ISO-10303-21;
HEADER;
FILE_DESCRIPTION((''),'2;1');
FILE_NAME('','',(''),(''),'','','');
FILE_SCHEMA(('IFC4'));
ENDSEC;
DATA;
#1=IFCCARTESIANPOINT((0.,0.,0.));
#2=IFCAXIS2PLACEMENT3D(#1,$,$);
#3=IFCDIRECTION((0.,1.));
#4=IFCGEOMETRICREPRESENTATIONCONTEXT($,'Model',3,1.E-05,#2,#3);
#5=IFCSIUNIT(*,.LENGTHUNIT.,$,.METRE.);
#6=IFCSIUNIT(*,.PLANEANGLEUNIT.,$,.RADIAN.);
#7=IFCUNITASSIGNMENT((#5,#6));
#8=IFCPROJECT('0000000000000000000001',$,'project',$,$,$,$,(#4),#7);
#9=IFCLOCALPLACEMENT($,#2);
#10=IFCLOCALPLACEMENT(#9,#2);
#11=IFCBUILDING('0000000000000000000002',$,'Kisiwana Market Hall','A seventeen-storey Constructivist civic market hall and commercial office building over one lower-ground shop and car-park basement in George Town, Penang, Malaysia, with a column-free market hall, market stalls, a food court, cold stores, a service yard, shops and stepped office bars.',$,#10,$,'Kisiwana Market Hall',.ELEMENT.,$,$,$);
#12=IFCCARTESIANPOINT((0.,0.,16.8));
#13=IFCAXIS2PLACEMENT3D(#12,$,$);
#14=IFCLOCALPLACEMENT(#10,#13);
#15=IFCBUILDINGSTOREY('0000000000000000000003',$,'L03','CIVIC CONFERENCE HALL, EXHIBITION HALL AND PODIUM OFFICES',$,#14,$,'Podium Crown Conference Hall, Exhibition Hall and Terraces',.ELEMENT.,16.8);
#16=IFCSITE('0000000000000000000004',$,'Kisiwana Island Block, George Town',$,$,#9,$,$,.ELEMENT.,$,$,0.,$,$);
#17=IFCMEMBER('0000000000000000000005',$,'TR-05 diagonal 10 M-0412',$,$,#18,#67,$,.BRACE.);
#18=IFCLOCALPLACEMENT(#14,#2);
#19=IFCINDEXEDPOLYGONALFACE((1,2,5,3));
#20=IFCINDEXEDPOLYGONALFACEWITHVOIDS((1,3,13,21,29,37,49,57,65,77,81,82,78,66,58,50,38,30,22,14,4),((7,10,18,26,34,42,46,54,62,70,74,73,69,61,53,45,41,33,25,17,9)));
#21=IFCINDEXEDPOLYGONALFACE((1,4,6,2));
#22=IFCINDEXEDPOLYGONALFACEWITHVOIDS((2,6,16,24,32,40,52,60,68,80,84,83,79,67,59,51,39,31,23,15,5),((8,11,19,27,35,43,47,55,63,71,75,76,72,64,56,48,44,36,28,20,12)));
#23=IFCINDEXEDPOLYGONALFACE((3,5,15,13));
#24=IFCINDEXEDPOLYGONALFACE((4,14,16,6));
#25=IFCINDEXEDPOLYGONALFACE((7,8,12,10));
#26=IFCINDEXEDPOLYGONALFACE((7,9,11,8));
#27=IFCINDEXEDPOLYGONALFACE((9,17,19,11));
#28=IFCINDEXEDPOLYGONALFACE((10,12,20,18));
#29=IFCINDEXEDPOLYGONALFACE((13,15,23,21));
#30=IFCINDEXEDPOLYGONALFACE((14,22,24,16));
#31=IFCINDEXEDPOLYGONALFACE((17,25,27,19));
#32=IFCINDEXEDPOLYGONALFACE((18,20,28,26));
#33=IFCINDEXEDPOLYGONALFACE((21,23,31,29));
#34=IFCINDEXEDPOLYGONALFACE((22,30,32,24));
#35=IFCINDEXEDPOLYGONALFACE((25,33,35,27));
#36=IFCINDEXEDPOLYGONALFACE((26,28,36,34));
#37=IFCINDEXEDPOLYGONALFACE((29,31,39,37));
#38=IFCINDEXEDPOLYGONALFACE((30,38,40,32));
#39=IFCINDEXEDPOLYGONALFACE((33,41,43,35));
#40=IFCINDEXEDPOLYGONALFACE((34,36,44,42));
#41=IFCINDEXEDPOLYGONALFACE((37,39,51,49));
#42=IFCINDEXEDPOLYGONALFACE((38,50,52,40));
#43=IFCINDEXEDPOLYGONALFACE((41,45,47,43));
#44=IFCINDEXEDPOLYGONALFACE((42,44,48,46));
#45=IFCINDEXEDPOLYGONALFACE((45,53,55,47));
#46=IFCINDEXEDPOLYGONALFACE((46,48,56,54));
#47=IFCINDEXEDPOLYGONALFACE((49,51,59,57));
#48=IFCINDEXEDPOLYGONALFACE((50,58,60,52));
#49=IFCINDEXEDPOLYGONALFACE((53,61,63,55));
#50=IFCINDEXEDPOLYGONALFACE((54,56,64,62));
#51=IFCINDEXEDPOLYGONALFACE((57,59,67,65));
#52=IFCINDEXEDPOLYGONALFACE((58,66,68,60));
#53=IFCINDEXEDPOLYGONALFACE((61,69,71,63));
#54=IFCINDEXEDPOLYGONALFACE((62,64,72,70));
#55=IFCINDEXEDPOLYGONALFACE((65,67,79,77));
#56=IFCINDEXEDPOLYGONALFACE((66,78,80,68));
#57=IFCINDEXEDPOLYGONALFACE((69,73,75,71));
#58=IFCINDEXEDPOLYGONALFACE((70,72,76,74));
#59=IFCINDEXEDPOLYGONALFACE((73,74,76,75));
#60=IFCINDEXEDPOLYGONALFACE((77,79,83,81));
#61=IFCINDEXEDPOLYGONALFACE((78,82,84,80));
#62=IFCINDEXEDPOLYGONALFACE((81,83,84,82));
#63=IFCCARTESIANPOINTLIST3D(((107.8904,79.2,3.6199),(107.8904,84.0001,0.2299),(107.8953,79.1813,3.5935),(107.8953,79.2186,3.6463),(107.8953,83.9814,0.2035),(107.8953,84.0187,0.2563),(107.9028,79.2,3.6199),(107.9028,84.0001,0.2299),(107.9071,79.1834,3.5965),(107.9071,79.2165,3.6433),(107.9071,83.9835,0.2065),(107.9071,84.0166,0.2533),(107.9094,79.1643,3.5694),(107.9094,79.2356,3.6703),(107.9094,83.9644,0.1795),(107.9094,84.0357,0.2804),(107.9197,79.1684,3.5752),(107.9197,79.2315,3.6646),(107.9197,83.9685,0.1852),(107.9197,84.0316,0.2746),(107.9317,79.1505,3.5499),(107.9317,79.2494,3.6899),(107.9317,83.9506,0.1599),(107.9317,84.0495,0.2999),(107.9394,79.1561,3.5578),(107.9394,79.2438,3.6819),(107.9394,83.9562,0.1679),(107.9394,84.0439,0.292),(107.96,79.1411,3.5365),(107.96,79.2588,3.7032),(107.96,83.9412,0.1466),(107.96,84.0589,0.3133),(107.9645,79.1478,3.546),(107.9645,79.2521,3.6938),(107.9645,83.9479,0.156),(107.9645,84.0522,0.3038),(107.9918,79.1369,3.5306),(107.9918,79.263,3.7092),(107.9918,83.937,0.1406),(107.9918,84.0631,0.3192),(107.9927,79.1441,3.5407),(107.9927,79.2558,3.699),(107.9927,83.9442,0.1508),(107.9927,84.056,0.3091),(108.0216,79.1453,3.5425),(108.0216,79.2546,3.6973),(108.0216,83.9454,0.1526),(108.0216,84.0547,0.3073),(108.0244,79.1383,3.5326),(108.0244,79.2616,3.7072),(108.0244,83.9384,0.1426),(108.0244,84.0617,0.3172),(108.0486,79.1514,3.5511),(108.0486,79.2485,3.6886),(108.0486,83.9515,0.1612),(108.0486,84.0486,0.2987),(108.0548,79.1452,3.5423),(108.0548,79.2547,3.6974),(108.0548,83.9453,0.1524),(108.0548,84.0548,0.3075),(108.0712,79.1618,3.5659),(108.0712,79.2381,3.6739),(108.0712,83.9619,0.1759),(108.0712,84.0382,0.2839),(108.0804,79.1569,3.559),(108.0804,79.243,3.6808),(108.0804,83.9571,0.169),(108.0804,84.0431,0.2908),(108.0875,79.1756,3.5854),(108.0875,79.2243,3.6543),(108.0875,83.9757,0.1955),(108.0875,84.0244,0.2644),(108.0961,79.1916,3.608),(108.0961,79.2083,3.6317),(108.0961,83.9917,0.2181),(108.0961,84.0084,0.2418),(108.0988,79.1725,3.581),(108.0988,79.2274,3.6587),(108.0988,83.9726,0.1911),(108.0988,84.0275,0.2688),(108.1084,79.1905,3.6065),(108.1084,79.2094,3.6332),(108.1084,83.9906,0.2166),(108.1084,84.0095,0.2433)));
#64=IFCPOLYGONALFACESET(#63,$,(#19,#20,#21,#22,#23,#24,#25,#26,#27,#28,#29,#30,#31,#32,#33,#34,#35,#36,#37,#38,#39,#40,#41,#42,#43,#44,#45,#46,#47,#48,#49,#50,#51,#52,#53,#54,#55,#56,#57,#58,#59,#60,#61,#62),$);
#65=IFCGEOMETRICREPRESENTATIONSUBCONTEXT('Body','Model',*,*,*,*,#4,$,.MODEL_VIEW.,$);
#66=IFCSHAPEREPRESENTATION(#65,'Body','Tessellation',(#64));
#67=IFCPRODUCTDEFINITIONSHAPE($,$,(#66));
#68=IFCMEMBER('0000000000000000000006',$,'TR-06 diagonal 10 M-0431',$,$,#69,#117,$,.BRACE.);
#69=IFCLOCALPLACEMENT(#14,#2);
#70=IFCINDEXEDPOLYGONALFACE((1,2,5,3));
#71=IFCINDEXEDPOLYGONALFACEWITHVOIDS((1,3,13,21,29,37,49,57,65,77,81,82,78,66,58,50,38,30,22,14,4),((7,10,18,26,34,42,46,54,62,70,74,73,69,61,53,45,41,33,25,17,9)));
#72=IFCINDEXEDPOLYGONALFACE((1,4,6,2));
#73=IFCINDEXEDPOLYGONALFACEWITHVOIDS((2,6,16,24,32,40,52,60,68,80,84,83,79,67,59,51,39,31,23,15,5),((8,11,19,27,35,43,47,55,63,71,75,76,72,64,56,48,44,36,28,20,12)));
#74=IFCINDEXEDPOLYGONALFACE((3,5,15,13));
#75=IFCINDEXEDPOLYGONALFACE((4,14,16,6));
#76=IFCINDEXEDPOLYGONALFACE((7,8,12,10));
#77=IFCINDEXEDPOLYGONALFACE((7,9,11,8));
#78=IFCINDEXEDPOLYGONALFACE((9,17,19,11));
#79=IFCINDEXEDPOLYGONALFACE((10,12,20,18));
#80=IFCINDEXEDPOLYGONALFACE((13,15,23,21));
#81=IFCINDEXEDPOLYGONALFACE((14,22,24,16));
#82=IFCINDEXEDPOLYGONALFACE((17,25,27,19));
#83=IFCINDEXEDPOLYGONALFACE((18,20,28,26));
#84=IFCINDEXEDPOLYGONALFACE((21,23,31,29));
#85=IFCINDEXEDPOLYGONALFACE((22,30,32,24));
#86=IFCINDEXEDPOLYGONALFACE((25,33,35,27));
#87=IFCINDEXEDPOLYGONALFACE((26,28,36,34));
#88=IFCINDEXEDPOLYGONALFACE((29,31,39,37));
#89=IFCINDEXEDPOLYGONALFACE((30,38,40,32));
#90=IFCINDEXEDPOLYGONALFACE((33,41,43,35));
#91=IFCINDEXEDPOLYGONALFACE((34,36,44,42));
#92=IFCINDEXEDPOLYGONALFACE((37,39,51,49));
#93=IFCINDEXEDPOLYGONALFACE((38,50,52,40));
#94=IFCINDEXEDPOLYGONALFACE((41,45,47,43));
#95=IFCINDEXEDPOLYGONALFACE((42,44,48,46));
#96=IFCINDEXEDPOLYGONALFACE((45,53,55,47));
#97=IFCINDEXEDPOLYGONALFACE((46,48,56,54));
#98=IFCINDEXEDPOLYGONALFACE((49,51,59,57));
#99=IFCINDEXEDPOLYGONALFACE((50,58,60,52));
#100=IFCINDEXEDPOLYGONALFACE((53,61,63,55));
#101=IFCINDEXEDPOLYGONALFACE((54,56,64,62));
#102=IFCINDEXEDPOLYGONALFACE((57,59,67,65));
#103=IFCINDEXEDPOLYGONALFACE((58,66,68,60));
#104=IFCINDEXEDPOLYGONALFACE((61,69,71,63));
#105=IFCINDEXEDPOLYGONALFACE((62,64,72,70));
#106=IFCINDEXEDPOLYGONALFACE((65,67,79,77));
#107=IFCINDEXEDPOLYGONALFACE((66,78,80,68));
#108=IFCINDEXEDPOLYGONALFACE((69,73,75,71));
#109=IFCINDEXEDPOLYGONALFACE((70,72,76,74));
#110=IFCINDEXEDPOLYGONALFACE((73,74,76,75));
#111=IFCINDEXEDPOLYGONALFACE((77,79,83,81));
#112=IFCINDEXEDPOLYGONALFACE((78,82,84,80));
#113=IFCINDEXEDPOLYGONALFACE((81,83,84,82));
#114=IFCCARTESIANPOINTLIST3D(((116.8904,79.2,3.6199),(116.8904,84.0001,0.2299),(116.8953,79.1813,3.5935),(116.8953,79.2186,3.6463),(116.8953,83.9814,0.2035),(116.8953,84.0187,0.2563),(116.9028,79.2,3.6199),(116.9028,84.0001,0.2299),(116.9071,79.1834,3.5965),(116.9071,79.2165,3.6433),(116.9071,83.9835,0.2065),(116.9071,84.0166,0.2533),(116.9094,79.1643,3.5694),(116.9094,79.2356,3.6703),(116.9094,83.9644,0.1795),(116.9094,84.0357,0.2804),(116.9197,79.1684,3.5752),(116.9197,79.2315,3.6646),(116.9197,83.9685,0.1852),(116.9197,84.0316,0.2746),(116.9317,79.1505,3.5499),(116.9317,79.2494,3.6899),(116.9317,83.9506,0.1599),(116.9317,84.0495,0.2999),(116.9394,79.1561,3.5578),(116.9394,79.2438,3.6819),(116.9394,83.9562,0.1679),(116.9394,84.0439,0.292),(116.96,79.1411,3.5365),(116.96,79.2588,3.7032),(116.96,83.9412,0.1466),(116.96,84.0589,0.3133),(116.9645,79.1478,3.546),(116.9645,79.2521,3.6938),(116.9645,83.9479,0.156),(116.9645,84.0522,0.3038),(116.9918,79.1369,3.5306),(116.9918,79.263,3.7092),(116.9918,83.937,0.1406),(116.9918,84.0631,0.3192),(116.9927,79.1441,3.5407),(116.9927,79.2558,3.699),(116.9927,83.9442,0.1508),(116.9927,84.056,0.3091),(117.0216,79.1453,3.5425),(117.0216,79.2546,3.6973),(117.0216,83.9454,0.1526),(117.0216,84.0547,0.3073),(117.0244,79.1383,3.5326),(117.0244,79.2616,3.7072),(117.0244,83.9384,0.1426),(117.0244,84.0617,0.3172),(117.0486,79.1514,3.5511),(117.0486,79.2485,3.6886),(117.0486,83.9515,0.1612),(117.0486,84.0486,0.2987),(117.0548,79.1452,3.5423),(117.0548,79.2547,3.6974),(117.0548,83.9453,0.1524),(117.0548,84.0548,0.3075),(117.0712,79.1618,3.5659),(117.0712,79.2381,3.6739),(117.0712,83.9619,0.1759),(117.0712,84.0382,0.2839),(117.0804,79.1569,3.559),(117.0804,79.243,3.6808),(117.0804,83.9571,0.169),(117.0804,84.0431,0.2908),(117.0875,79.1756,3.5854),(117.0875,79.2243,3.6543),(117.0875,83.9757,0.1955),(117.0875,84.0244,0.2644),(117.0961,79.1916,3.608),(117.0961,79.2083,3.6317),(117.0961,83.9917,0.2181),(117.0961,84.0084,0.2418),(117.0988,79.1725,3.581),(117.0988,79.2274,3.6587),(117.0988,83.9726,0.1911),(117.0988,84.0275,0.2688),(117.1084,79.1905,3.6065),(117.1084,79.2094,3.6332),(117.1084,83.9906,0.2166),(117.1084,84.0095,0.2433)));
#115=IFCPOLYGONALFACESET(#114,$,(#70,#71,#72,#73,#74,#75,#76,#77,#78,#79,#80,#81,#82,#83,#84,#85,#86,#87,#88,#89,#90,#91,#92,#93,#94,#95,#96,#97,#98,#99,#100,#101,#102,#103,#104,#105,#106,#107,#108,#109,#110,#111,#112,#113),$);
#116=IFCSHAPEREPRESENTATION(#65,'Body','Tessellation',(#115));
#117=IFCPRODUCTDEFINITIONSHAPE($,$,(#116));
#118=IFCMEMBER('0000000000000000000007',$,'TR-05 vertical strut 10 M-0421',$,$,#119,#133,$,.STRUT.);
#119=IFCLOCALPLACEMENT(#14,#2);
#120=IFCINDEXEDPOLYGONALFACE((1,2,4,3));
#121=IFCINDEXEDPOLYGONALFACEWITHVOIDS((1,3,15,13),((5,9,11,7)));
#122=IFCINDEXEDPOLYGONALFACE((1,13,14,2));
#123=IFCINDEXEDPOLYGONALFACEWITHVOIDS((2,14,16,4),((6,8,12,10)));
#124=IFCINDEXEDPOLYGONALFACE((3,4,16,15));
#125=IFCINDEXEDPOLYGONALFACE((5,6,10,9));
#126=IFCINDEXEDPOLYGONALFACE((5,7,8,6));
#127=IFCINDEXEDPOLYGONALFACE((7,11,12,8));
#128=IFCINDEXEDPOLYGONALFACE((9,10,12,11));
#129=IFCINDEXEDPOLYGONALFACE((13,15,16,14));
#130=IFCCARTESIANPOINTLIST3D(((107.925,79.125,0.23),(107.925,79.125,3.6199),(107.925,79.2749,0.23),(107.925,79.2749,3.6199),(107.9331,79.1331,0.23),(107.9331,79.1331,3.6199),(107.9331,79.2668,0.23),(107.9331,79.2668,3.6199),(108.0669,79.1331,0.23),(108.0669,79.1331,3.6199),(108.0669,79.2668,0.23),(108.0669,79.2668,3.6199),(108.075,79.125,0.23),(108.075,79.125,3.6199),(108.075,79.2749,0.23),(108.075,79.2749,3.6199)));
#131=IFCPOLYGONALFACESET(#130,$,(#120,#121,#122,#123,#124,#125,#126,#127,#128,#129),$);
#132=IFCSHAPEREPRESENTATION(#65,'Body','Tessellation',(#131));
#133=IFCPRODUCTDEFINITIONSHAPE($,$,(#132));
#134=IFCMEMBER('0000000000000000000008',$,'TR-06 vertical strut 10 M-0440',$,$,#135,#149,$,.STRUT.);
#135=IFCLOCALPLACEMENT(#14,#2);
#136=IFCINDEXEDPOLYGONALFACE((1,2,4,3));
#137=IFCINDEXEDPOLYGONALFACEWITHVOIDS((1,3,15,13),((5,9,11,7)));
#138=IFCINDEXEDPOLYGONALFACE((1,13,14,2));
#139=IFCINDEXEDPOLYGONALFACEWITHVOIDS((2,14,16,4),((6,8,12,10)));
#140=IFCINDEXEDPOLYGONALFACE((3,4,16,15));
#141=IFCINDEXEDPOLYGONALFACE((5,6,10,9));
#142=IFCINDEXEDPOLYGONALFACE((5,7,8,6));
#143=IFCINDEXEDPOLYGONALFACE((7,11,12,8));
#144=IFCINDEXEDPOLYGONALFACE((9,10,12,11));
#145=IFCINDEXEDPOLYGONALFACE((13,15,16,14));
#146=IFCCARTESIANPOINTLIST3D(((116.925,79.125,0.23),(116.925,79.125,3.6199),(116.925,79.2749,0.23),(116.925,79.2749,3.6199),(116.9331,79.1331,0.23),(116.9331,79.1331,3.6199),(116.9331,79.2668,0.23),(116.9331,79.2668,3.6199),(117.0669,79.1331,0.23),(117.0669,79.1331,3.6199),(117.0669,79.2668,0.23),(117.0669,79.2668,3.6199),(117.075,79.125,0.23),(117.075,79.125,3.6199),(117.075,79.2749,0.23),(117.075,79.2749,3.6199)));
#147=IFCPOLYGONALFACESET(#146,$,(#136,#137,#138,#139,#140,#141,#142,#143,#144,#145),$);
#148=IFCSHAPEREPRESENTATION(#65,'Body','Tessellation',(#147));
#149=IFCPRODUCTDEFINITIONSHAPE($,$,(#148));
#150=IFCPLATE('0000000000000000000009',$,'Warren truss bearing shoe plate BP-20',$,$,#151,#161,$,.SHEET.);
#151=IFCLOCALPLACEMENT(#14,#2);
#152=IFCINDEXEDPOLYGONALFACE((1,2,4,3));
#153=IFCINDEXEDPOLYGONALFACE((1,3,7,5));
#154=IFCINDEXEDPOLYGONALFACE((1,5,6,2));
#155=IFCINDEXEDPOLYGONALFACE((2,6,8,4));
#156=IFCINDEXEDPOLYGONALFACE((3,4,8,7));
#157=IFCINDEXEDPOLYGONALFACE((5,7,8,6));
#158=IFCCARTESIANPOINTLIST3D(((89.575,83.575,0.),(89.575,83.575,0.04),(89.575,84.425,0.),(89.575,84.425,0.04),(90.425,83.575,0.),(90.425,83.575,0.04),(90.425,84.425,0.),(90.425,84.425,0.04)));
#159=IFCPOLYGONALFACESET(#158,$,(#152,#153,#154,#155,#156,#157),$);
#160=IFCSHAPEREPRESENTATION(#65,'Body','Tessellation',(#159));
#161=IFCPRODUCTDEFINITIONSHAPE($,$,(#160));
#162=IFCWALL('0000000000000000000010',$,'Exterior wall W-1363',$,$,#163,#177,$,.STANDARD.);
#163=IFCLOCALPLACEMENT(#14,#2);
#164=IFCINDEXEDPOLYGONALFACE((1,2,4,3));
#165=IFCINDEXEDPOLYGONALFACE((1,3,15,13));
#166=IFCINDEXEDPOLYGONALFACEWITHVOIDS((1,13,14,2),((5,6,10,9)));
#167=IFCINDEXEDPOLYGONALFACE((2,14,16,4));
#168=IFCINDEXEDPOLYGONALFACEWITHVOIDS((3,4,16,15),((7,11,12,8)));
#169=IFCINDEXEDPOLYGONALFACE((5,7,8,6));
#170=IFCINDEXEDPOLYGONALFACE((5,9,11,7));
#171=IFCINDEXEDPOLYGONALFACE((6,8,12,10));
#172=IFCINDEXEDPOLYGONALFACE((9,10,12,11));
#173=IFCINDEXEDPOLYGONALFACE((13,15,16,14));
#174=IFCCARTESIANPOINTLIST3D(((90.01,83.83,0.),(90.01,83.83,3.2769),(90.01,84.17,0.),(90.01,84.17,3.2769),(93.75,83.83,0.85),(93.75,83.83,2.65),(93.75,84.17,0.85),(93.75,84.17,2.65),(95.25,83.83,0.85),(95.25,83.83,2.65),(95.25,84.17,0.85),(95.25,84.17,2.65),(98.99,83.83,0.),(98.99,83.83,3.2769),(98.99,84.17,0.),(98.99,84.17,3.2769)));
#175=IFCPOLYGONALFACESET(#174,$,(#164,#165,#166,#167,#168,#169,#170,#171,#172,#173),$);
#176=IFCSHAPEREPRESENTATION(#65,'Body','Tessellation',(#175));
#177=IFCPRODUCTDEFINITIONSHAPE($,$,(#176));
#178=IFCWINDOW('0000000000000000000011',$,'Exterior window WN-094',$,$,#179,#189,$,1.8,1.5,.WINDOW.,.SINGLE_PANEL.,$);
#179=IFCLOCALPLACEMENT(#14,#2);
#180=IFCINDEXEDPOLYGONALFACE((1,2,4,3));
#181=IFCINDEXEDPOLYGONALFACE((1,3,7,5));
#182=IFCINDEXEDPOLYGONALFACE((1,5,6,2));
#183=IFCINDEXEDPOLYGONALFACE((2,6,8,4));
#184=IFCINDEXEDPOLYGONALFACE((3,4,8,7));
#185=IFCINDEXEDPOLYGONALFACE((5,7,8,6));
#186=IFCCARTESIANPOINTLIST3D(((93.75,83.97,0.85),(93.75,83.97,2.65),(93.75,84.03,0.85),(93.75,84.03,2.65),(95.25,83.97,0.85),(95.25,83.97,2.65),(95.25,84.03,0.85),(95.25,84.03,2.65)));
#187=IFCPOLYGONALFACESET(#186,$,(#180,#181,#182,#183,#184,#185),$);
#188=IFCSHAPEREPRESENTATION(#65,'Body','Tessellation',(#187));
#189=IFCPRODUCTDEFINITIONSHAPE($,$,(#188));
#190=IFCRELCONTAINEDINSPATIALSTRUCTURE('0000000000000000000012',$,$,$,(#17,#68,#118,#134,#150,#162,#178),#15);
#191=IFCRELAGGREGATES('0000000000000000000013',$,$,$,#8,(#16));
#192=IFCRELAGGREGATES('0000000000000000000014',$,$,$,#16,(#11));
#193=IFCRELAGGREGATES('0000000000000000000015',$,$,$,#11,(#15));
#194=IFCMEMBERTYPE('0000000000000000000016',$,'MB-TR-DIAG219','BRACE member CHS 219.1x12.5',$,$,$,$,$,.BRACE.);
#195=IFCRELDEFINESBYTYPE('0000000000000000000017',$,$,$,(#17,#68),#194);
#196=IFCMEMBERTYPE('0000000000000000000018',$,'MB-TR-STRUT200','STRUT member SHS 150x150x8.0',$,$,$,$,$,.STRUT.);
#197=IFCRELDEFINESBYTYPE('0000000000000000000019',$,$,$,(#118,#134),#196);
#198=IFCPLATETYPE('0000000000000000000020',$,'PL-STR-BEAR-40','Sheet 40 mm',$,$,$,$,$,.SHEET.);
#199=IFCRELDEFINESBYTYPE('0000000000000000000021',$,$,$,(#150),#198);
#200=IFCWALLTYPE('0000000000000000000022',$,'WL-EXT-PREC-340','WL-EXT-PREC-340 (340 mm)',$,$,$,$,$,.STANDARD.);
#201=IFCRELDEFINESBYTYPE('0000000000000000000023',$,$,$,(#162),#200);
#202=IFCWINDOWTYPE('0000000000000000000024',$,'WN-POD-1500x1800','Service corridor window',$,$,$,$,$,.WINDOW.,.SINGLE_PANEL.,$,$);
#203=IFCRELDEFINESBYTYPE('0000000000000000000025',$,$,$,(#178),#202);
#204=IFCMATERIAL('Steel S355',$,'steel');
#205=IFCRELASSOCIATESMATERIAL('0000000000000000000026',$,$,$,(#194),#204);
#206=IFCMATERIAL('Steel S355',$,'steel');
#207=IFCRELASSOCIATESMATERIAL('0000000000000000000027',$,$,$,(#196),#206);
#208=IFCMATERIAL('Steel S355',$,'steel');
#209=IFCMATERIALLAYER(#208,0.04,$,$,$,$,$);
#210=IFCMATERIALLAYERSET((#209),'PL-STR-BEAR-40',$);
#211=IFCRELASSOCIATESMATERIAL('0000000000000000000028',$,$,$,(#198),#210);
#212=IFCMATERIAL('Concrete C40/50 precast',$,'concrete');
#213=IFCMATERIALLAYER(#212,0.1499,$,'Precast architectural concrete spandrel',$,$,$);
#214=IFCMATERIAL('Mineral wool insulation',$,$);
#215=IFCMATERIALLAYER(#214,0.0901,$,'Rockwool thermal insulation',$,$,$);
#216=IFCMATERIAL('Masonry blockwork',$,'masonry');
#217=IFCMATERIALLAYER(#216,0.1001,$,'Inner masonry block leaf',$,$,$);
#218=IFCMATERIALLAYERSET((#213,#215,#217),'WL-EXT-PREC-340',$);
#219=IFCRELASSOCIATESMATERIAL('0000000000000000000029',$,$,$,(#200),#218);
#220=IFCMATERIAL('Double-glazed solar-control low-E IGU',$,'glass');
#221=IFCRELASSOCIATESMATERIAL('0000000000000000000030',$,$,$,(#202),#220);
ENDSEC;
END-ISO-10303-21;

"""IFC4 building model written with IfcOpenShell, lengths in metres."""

from ifc_helpers import new_model, si_unit, direction, frame, frame_2d, origin, origin_2d, place, context, subcontext, project, spatial, rectangle, hollow_rectangle, hollow_circle, extrude, material, layer, layer_set, material_profile, profile_set, type_object, element, fill, save


model = new_model("IFC4")

# Units and contexts
model_context = context("Model", 3, precision=1e-05, world=origin(), true_north=direction((0.0, 1.0)))
body_context = subcontext(model_context, "Body", "Model", "MODEL_VIEW")
ifc_project = project(units=[si_unit("LENGTHUNIT", "METRE"), si_unit("PLANEANGLEUNIT", "RADIAN")], contexts=[model_context])

# Site, building, storey
site_placement = place(None, origin())
site = spatial("IfcSite", under=ifc_project, at=site_placement, Name="Kisiwana Island Block, George Town", CompositionType="ELEMENT", RefElevation=0.0)
building_placement = place(site_placement, origin())
building = spatial("IfcBuilding", under=site, at=building_placement, Name="Kisiwana Market Hall", Description="A seventeen-storey Constructivist civic market hall and commercial office building over one lower-ground shop and car-park basement in George Town, Penang, Malaysia, with a column-free market hall, market stalls, a food court, cold stores, a service yard, shops and stepped office bars.", LongName="Kisiwana Market Hall", CompositionType="ELEMENT")
storey_placement = place(building_placement, frame((0.0, 0.0, 16.8)))
storey = spatial("IfcBuildingStorey", under=building, at=storey_placement, Name="L03", Description="CIVIC CONFERENCE HALL, EXHIBITION HALL AND PODIUM OFFICES", LongName="Podium Crown Conference Hall, Exhibition Hall and Terraces", CompositionType="ELEMENT", Elevation=16.8)

# Members
ifc_material_1 = material(Name="Steel S355", Category="steel")
ifc_material_profile_1 = material_profile(ifc_material_1, hollow_circle(Radius=0.1096, WallThickness=0.0125, at=origin_2d()), Name="CHS 219.1x12.5")
ifc_profile_set_1 = profile_set([ifc_material_profile_1], Name="Steel S355")
member_type_1 = type_object("IfcMemberType", Name="MB-TR-DIAG219", Description="BRACE member CHS 219.1x12.5", PredefinedType="BRACE", material=ifc_profile_set_1)
for number, where, z_axis, x_axis, name in (
    (1, (108.0, 79.2, 3.6199), (0.0, 0.816838, -0.576868), (-1.0, 0.0, 0.0), "TR-05 diagonal 10 M-0412"),
    (2, (117.0, 79.2, 3.6199), (0.0, 0.816838, -0.576868), (-1.0, 0.0, 0.0), "TR-06 diagonal 10 M-0431"),
):
    element("IfcMember", number, at=place(storey_placement, frame(where, z_axis=z_axis, x_axis=x_axis)), inside=storey, type_object=member_type_1, Name=name, PredefinedType="BRACE", context=body_context, shape_type="SweptSolid", body=[
        extrude(hollow_circle(Radius=0.1096, WallThickness=0.0125, at=origin_2d()), origin(), (0.0, 0.0, 1.0), 5.8765),
    ])
ifc_material_2 = material(Name="Steel S355", Category="steel")
ifc_material_profile_2 = material_profile(ifc_material_2, hollow_rectangle(XDim=0.1499, YDim=0.1499, WallThickness=0.0081, at=origin_2d()), Name="SHS 150x150x8.0")
ifc_profile_set_2 = profile_set([ifc_material_profile_2], Name="Steel S355")
member_type_2 = type_object("IfcMemberType", Name="MB-TR-STRUT200", Description="STRUT member SHS 150x150x8.0", PredefinedType="STRUT", material=ifc_profile_set_2)
for number, where, z_axis, x_axis, name in (
    (3, (108.0, 79.2, 0.23), (0.0, 0.0, 1.0), (1.0, 0.0, 0.0), "TR-05 vertical strut 10 M-0421"),
    (4, (117.0, 79.2, 0.23), (0.0, 0.0, 1.0), (1.0, 0.0, 0.0), "TR-06 vertical strut 10 M-0440"),
):
    element("IfcMember", number, at=place(storey_placement, frame(where, z_axis=z_axis, x_axis=x_axis)), inside=storey, type_object=member_type_2, Name=name, PredefinedType="STRUT", context=body_context, shape_type="SweptSolid", body=[
        extrude(hollow_rectangle(XDim=0.1499, YDim=0.1499, WallThickness=0.0081, at=origin_2d()), origin(), (0.0, 0.0, 1.0), 3.3899),
    ])

# Plate
ifc_material_3 = material(Name="Steel S355", Category="steel")
ifc_layer_1 = layer(ifc_material_3, 0.04)
ifc_layer_set_1 = layer_set([ifc_layer_1], Name="PL-STR-BEAR-40")
plate_type = type_object("IfcPlateType", Name="PL-STR-BEAR-40", Description="Sheet 40 mm", PredefinedType="SHEET", material=ifc_layer_set_1)
plate_placement = place(storey_placement, frame((90.0, 84.0, 0.0), z_axis=(0.0, 0.0, 1.0), x_axis=(1.0, 0.0, 0.0)))
element("IfcPlate", 5, at=plate_placement, inside=storey, type_object=plate_type, Name="Warren truss bearing shoe plate BP-20", PredefinedType="SHEET", context=body_context, shape_type="SweptSolid", body=[
    extrude(rectangle(XDim=0.8501, YDim=0.8501, at=origin_2d()), origin(), (0.0, 0.0, 1.0), 0.04),
])

# Wall, opening, window
ifc_material_4 = material(Name="Concrete C40/50 precast", Category="concrete")
ifc_layer_2 = layer(ifc_material_4, 0.1499, Name="Precast architectural concrete spandrel")
ifc_material_5 = material(Name="Mineral wool insulation")
ifc_layer_3 = layer(ifc_material_5, 0.0901, Name="Rockwool thermal insulation")
ifc_material_6 = material(Name="Masonry blockwork", Category="masonry")
ifc_layer_4 = layer(ifc_material_6, 0.1001, Name="Inner masonry block leaf")
ifc_layer_set_2 = layer_set([ifc_layer_2, ifc_layer_3, ifc_layer_4], Name="WL-EXT-PREC-340")
wall_type = type_object("IfcWallType", Name="WL-EXT-PREC-340", Description="WL-EXT-PREC-340 (340 mm)", PredefinedType="STANDARD", material=ifc_layer_set_2)
wall_1_placement = place(storey_placement, frame((90.01, 84.0, 0.0), z_axis=(0.0, 0.0, 1.0), x_axis=(1.0, 0.0, 0.0)))
wall_1 = element("IfcWall", 6, at=wall_1_placement, inside=storey, type_object=wall_type, Name="Exterior wall W-1363", PredefinedType="STANDARD", context=body_context, shape_type="SweptSolid", body=[
    extrude(rectangle(XDim=8.98, YDim=0.3401, at=frame_2d((4.49, 0.0))), origin(), (0.0, 0.0, 1.0), 3.2769),
])
opening_1_placement = place(wall_1_placement, frame((3.74, 0.0, 0.8501)))
opening_1 = element("IfcOpeningElement", 7, at=opening_1_placement, cuts=wall_1, PredefinedType="OPENING", context=body_context, shape_type="SweptSolid", body=[
    extrude(rectangle(XDim=1.5, YDim=1.8, at=frame_2d((0.75, 0.8999))), frame((0.0, 0.1821, 0.0), z_axis=(0.0, -1.0, 0.0), x_axis=(1.0, 0.0, 0.0)), (0.0, 0.0, 1.0), 0.364),
])
ifc_material_7 = material(Name="Double-glazed solar-control low-E IGU", Category="glass")
window_type = type_object("IfcWindowType", Name="WN-POD-1500x1800", Description="Service corridor window", PartitioningType="SINGLE_PANEL", PredefinedType="WINDOW", material=ifc_material_7)
window_1_placement = place(opening_1_placement, origin())
window_1 = element("IfcWindow", 8, at=window_1_placement, inside=storey, type_object=window_type, Name="Exterior window WN-094", OverallHeight=1.8, OverallWidth=1.5, PartitioningType="SINGLE_PANEL", PredefinedType="WINDOW", context=body_context, shape_type="SweptSolid", body=[
    extrude(rectangle(XDim=1.5, YDim=1.8, at=frame_2d((0.75, 0.8999))), frame((0.0, 0.03, 0.0), z_axis=(0.0, -1.0, 0.0), x_axis=(1.0, 0.0, 0.0)), (0.0, 0.0, 1.0), 0.0601),
])
fill(opening_1, window_1)

save(model, "model.ifc")
